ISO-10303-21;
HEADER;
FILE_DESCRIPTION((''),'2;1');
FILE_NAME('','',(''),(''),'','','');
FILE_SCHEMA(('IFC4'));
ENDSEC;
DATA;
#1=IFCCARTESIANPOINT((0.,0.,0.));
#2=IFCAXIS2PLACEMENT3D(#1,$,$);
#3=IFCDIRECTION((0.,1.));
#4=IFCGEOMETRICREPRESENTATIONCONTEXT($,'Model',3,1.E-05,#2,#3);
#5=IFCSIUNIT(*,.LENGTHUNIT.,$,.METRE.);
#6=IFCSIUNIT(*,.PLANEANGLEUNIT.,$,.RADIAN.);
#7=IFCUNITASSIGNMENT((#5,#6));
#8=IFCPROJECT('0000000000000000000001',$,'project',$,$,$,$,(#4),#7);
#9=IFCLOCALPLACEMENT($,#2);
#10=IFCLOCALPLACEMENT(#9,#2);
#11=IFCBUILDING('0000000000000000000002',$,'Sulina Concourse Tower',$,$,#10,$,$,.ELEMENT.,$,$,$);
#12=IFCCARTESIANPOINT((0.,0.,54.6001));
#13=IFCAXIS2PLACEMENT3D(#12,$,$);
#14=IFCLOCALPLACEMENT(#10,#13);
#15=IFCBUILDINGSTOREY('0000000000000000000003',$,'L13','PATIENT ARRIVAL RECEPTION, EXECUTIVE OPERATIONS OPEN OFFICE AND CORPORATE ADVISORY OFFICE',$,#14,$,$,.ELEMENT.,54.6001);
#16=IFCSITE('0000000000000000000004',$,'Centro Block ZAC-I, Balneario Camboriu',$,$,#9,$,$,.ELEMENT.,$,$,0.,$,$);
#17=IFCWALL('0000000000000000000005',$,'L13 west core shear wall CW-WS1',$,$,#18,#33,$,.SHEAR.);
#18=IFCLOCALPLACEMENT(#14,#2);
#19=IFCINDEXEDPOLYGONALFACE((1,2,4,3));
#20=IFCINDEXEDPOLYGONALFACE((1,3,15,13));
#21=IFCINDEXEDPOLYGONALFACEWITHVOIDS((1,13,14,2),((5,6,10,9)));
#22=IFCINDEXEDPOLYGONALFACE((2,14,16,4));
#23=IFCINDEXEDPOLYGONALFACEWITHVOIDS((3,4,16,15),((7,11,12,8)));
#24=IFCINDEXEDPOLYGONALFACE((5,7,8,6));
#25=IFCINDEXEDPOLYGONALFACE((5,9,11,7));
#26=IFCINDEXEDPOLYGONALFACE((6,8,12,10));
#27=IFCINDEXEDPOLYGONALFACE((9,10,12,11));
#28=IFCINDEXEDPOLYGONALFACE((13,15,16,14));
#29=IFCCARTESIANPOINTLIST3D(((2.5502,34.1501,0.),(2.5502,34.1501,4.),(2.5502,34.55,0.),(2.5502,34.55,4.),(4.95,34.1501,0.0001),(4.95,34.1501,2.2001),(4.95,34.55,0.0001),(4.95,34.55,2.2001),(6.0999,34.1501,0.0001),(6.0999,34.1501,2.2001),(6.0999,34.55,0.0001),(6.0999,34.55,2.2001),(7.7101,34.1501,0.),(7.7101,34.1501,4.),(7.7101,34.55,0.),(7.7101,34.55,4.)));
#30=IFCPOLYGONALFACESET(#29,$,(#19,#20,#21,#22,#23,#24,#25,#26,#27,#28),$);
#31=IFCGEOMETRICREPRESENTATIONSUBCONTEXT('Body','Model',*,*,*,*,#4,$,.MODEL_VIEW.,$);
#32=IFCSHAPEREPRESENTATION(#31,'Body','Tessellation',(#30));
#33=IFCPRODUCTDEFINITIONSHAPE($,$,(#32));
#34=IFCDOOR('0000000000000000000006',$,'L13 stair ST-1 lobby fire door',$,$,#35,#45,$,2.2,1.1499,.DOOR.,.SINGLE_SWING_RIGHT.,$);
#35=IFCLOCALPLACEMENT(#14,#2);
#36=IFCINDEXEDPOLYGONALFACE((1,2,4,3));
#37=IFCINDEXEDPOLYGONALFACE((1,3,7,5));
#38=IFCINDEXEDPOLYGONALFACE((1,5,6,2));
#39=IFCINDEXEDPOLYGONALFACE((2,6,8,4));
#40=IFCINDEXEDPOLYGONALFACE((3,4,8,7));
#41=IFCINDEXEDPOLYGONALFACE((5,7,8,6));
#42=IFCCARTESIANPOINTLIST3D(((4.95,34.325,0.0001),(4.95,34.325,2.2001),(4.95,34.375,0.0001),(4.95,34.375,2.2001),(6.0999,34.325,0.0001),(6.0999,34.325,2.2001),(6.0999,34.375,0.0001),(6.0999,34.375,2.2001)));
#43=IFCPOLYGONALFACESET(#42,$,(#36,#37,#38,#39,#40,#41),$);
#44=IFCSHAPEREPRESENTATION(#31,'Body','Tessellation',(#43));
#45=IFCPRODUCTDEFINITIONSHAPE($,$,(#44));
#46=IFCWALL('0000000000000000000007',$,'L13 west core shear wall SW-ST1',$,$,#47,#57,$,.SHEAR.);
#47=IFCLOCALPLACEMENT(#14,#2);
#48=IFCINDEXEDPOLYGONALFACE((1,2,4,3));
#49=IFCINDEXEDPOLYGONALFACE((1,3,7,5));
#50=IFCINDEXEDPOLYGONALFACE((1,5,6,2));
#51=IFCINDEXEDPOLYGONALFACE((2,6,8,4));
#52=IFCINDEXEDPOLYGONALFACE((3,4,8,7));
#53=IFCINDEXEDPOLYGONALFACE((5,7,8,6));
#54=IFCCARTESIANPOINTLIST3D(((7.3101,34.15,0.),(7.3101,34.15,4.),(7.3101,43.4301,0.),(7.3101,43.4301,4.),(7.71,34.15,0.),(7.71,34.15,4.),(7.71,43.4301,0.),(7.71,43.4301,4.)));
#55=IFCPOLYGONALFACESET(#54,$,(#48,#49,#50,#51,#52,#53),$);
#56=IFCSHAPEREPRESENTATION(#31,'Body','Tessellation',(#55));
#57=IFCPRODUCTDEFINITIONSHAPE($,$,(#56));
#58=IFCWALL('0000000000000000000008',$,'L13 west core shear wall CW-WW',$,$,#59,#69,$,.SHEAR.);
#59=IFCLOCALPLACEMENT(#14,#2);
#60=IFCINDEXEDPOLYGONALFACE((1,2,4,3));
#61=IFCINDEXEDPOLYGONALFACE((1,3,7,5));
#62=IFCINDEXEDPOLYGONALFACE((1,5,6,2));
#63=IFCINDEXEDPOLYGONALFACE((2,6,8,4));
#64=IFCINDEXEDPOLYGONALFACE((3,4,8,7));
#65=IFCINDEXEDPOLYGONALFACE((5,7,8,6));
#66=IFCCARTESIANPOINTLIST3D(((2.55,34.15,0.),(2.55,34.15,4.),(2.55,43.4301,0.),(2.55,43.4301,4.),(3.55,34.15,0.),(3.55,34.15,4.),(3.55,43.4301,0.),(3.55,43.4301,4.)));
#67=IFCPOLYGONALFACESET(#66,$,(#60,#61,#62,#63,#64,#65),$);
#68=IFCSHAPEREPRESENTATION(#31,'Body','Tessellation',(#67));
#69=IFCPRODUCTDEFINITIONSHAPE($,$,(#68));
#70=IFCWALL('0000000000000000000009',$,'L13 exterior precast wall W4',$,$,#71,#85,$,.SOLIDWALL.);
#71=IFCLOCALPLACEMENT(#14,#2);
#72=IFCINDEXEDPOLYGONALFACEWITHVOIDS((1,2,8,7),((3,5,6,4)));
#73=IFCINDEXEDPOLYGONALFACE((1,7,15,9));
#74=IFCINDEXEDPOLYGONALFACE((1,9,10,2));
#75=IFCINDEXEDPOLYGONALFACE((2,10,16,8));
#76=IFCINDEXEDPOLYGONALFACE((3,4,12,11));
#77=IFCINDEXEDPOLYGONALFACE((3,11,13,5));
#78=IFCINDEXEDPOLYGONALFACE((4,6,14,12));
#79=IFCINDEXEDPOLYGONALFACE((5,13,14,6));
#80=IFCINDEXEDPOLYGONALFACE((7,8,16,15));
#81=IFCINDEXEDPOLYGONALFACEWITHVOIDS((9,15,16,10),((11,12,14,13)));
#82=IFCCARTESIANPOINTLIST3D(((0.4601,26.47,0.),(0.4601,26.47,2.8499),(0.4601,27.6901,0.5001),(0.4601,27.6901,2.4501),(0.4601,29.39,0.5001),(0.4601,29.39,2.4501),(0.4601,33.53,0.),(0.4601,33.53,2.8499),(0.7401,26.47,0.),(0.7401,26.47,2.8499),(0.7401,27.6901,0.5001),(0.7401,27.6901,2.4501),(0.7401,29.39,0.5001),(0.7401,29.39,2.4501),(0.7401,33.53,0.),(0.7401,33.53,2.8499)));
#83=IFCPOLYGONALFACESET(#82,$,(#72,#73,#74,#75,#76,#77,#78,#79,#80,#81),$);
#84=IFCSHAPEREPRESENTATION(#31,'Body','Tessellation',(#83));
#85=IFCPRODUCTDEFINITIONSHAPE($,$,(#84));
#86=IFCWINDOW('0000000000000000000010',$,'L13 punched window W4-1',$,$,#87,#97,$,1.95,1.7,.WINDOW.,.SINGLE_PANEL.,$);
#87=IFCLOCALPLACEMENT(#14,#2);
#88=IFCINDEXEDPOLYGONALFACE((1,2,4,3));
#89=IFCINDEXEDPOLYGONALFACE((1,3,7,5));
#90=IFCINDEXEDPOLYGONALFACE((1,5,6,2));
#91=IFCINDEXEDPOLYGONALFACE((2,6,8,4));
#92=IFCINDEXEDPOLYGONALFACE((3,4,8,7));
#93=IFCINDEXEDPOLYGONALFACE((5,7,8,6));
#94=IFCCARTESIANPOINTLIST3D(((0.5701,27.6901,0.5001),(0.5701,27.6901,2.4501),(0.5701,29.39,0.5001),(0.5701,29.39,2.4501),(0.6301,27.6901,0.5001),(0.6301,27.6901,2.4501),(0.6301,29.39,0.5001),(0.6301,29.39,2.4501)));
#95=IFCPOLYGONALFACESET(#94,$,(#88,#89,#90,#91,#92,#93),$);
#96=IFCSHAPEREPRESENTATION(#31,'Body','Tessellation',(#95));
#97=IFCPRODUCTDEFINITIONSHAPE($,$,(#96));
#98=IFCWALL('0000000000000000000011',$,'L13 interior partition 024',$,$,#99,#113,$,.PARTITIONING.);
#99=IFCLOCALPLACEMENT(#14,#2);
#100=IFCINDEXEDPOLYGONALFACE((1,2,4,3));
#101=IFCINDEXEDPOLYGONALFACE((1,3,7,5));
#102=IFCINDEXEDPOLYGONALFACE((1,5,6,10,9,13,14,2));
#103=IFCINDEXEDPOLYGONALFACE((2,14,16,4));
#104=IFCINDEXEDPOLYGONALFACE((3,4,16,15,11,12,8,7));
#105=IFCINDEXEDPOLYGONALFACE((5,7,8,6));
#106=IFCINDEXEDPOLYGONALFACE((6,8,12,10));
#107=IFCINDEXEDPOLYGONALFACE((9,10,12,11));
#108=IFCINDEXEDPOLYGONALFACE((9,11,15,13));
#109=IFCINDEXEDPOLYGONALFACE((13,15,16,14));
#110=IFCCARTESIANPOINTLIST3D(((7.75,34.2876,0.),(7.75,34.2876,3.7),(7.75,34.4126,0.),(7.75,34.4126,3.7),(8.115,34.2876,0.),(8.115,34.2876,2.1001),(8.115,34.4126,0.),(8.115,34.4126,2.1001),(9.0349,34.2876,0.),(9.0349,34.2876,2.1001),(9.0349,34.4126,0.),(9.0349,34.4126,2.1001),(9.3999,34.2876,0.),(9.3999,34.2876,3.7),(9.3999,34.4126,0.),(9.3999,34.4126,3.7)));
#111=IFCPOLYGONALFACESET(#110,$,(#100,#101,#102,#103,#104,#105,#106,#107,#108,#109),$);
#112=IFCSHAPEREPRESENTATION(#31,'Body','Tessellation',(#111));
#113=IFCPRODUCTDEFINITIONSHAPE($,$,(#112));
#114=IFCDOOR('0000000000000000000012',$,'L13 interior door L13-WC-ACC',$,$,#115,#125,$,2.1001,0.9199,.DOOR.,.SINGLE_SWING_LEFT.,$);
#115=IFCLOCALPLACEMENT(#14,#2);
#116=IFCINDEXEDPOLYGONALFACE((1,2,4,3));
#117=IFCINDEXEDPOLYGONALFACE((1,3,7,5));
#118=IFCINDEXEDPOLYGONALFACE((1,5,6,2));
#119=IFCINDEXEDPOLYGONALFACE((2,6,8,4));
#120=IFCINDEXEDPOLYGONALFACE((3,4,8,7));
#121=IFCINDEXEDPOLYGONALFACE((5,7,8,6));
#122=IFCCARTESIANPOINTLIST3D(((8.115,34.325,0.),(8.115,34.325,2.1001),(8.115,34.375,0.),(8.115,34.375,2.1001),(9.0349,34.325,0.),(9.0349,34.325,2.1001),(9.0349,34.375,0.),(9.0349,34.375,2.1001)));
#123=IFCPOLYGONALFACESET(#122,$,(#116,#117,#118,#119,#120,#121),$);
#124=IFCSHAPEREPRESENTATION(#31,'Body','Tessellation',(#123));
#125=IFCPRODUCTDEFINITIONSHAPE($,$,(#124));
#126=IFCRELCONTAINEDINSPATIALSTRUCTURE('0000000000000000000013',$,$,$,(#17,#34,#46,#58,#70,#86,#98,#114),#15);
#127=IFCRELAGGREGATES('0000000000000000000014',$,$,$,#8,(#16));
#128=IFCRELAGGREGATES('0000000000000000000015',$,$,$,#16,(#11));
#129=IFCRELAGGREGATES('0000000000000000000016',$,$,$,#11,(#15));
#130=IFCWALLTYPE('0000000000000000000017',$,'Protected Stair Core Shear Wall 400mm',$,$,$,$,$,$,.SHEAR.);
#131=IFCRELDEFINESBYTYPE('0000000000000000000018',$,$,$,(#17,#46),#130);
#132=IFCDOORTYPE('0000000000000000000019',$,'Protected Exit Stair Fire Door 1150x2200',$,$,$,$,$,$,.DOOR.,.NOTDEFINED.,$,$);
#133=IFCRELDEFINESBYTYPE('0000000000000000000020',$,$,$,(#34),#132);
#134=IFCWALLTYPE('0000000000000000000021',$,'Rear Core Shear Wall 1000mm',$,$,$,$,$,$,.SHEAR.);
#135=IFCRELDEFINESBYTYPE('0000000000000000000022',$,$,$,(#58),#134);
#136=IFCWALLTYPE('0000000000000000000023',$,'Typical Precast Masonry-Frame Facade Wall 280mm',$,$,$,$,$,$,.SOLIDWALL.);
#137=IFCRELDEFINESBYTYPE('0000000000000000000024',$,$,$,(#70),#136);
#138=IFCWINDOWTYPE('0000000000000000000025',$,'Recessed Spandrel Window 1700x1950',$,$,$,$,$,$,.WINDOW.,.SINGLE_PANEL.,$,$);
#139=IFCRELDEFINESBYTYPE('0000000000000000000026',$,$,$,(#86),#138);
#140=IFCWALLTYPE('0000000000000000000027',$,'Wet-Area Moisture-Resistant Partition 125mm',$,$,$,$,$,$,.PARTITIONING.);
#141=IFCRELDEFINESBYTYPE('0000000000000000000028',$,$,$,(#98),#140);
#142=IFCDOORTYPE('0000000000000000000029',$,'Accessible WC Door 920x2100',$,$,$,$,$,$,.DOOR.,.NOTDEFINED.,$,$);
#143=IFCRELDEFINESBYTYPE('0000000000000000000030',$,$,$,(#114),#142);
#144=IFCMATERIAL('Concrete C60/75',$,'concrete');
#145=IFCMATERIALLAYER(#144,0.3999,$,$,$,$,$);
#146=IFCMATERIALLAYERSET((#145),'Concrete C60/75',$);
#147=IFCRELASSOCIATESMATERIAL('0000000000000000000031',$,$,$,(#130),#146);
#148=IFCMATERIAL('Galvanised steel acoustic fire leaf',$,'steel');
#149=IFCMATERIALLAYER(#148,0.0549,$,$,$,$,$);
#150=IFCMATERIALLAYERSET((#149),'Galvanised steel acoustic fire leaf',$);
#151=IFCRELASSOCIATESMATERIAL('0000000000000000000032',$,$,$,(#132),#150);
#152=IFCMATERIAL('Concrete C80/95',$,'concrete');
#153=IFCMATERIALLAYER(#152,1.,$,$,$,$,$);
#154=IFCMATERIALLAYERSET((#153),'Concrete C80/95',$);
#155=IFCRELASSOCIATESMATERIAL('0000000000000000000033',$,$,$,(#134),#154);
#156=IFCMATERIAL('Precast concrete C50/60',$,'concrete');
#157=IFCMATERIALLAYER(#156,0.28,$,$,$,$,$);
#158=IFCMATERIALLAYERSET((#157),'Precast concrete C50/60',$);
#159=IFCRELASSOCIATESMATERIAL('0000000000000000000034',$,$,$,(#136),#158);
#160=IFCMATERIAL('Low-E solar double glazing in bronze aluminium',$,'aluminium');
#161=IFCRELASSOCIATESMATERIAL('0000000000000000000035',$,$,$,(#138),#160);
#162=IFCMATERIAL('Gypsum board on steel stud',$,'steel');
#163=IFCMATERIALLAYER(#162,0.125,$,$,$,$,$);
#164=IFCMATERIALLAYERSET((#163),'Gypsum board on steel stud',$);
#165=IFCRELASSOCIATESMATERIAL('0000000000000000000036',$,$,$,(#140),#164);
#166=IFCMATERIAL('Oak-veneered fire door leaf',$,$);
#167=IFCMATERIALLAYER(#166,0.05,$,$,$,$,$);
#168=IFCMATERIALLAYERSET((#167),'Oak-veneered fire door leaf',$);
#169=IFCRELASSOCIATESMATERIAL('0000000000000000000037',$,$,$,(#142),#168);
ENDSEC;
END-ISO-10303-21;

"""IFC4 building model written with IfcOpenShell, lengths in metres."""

from ifc_helpers import new_model, si_unit, direction, frame, frame_2d, origin, place, context, subcontext, project, spatial, rectangle, extrude, material, layer, layer_set, type_object, element, fill, save


model = new_model("IFC4")

# Units and contexts
model_context = context("Model", 3, precision=1e-05, world=origin(), true_north=direction((0.0, 1.0)))
body_context = subcontext(model_context, "Body", "Model", "MODEL_VIEW")
ifc_project = project(units=[si_unit("LENGTHUNIT", "METRE"), si_unit("PLANEANGLEUNIT", "RADIAN")], contexts=[model_context])

# Site, building, storey
site_placement = place(None, origin())
site = spatial("IfcSite", under=ifc_project, at=site_placement, Name="Centro Block ZAC-I, Balneario Camboriu", CompositionType="ELEMENT", RefElevation=0.0)
building_placement = place(site_placement, origin())
building = spatial("IfcBuilding", under=site, at=building_placement, Name="Sulina Concourse Tower", CompositionType="ELEMENT")
storey_placement = place(building_placement, frame((0.0, 0.0, 54.6001)))
storey = spatial("IfcBuildingStorey", under=building, at=storey_placement, Name="L13", Description="PATIENT ARRIVAL RECEPTION, EXECUTIVE OPERATIONS OPEN OFFICE AND CORPORATE ADVISORY OFFICE", CompositionType="ELEMENT", Elevation=54.6001)

# Wall, opening, door
ifc_material_1 = material(Name="Concrete C60/75", Category="concrete")
ifc_layer_1 = layer(ifc_material_1, 0.3999)
ifc_layer_set_1 = layer_set([ifc_layer_1], Name="Concrete C60/75")
wall_type_1 = type_object("IfcWallType", Name="Protected Stair Core Shear Wall 400mm", PredefinedType="SHEAR", material=ifc_layer_set_1)
wall_1_placement = place(storey_placement, frame((2.55, 34.3501, 0.0), z_axis=(0.0, 0.0, 1.0), x_axis=(1.0, 0.0, 0.0)))
wall_1 = element("IfcWall", 1, at=wall_1_placement, inside=storey, type_object=wall_type_1, Name="L13 west core shear wall CW-WS1", PredefinedType="SHEAR", context=body_context, shape_type="SweptSolid", body=[
    extrude(rectangle(XDim=5.1599, YDim=0.3999, at=frame_2d((2.5801, 0.0))), origin(), (0.0, 0.0, 1.0), 4.0),
])
opening_1_placement = place(wall_1_placement, frame((2.3999, 0.0, 0.0)))
opening_1 = element("IfcOpeningElement", 2, at=opening_1_placement, cuts=wall_1, PredefinedType="OPENING", context=body_context, shape_type="SweptSolid", body=[
    extrude(rectangle(XDim=1.1499, YDim=2.2, at=frame_2d((0.575, 1.1001))), frame((0.0, 0.21, 0.0), z_axis=(0.0, -1.0, 0.0), x_axis=(1.0, 0.0, 0.0)), (0.0, 0.0, 1.0), 0.4199),
])
ifc_material_2 = material(Name="Galvanised steel acoustic fire leaf", Category="steel")
ifc_layer_2 = layer(ifc_material_2, 0.0549)
ifc_layer_set_2 = layer_set([ifc_layer_2], Name="Galvanised steel acoustic fire leaf")
door_type_1 = type_object("IfcDoorType", Name="Protected Exit Stair Fire Door 1150x2200", OperationType="NOTDEFINED", PredefinedType="DOOR", material=ifc_layer_set_2)
door_1_placement = place(opening_1_placement, origin())
door_1 = element("IfcDoor", 3, at=door_1_placement, inside=storey, type_object=door_type_1, Name="L13 stair ST-1 lobby fire door", OperationType="SINGLE_SWING_RIGHT", OverallHeight=2.2, OverallWidth=1.1499, PredefinedType="DOOR", context=body_context, shape_type="SweptSolid", body=[
    extrude(rectangle(XDim=1.1499, YDim=2.2, at=frame_2d((0.575, 1.1001))), frame((0.0, 0.0249, 0.0), z_axis=(0.0, -1.0, 0.0), x_axis=(1.0, 0.0, 0.0)), (0.0, 0.0, 1.0), 0.05),
])
fill(opening_1, door_1)

# Walls
wall_2_placement = place(storey_placement, frame((7.51, 34.1499, 0.0), z_axis=(0.0, 0.0, 1.0), x_axis=(0.0, 1.0, 0.0)))
element("IfcWall", 4, at=wall_2_placement, inside=storey, type_object=wall_type_1, Name="L13 west core shear wall SW-ST1", PredefinedType="SHEAR", context=body_context, shape_type="SweptSolid", body=[
    extrude(rectangle(XDim=9.28, YDim=0.3999, at=frame_2d((4.6401, 0.0))), origin(), (0.0, 0.0, 1.0), 4.0),
])
ifc_material_3 = material(Name="Concrete C80/95", Category="concrete")
ifc_layer_3 = layer(ifc_material_3, 1.0)
ifc_layer_set_3 = layer_set([ifc_layer_3], Name="Concrete C80/95")
wall_type_2 = type_object("IfcWallType", Name="Rear Core Shear Wall 1000mm", PredefinedType="SHEAR", material=ifc_layer_set_3)
wall_3_placement = place(storey_placement, frame((3.05, 34.1499, 0.0), z_axis=(0.0, 0.0, 1.0), x_axis=(0.0, 1.0, 0.0)))
element("IfcWall", 5, at=wall_3_placement, inside=storey, type_object=wall_type_2, Name="L13 west core shear wall CW-WW", PredefinedType="SHEAR", context=body_context, shape_type="SweptSolid", body=[
    extrude(rectangle(XDim=9.28, YDim=1.0, at=frame_2d((4.6401, 0.0))), origin(), (0.0, 0.0, 1.0), 4.0),
])

# Wall, opening, window
ifc_material_4 = material(Name="Precast concrete C50/60", Category="concrete")
ifc_layer_4 = layer(ifc_material_4, 0.28)
ifc_layer_set_4 = layer_set([ifc_layer_4], Name="Precast concrete C50/60")
wall_type_3 = type_object("IfcWallType", Name="Typical Precast Masonry-Frame Facade Wall 280mm", PredefinedType="SOLIDWALL", material=ifc_layer_set_4)
wall_4_placement = place(storey_placement, frame((0.6001, 26.47, 0.0), z_axis=(0.0, 0.0, 1.0), x_axis=(0.0, 1.0, 0.0)))
wall_4 = element("IfcWall", 6, at=wall_4_placement, inside=storey, type_object=wall_type_3, Name="L13 exterior precast wall W4", PredefinedType="SOLIDWALL", context=body_context, shape_type="SweptSolid", body=[
    extrude(rectangle(XDim=7.0601, YDim=0.28, at=frame_2d((3.53, 0.0))), origin(), (0.0, 0.0, 1.0), 2.8499),
])
opening_2_placement = place(wall_4_placement, frame((1.22, 0.0, 0.5)))
opening_2 = element("IfcOpeningElement", 7, at=opening_2_placement, cuts=wall_4, PredefinedType="OPENING", context=body_context, shape_type="SweptSolid", body=[
    extrude(rectangle(XDim=1.7, YDim=1.95, at=frame_2d((0.8501, 0.9751))), frame((0.0, 0.1499, 0.0), z_axis=(0.0, -1.0, 0.0), x_axis=(1.0, 0.0, 0.0)), (0.0, 0.0, 1.0), 0.3),
])
ifc_material_5 = material(Name="Low-E solar double glazing in bronze aluminium", Category="aluminium")
window_type = type_object("IfcWindowType", Name="Recessed Spandrel Window 1700x1950", PartitioningType="SINGLE_PANEL", PredefinedType="WINDOW", material=ifc_material_5)
window_placement = place(opening_2_placement, origin())
window = element("IfcWindow", 8, at=window_placement, inside=storey, type_object=window_type, Name="L13 punched window W4-1", OverallHeight=1.95, OverallWidth=1.7, PartitioningType="SINGLE_PANEL", PredefinedType="WINDOW", context=body_context, shape_type="SweptSolid", body=[
    extrude(rectangle(XDim=1.7, YDim=1.95, at=frame_2d((0.8501, 0.9751))), frame((0.0, 0.03, 0.0), z_axis=(0.0, -1.0, 0.0), x_axis=(1.0, 0.0, 0.0)), (0.0, 0.0, 1.0), 0.0601),
])
fill(opening_2, window)

# Wall, opening, door
ifc_material_6 = material(Name="Gypsum board on steel stud", Category="steel")
ifc_layer_5 = layer(ifc_material_6, 0.125)
ifc_layer_set_5 = layer_set([ifc_layer_5], Name="Gypsum board on steel stud")
wall_type_4 = type_object("IfcWallType", Name="Wet-Area Moisture-Resistant Partition 125mm", PredefinedType="PARTITIONING", material=ifc_layer_set_5)
wall_5_placement = place(storey_placement, frame((7.75, 34.3501, 0.0), z_axis=(0.0, 0.0, 1.0), x_axis=(1.0, 0.0, 0.0)))
wall_5 = element("IfcWall", 9, at=wall_5_placement, inside=storey, type_object=wall_type_4, Name="L13 interior partition 024", PredefinedType="PARTITIONING", context=body_context, shape_type="SweptSolid", body=[
    extrude(rectangle(XDim=1.6499, YDim=0.125, at=frame_2d((0.825, 0.0))), origin(), (0.0, 0.0, 1.0), 3.7),
])
opening_3_placement = place(wall_5_placement, frame((0.365, 0.0, 0.0)))
opening_3 = element("IfcOpeningElement", 10, at=opening_3_placement, cuts=wall_5, PredefinedType="OPENING", context=body_context, shape_type="SweptSolid", body=[
    extrude(rectangle(XDim=0.9199, YDim=2.1001, at=frame_2d((0.46, 1.05))), frame((0.0, 0.0725, 0.0), z_axis=(0.0, -1.0, 0.0), x_axis=(1.0, 0.0, 0.0)), (0.0, 0.0, 1.0), 0.145),
])
ifc_material_7 = material(Name="Oak-veneered fire door leaf")
ifc_layer_6 = layer(ifc_material_7, 0.05)
ifc_layer_set_6 = layer_set([ifc_layer_6], Name="Oak-veneered fire door leaf")
door_type_2 = type_object("IfcDoorType", Name="Accessible WC Door 920x2100", OperationType="NOTDEFINED", PredefinedType="DOOR", material=ifc_layer_set_6)
door_2_placement = place(opening_3_placement, origin())
door_2 = element("IfcDoor", 11, at=door_2_placement, inside=storey, type_object=door_type_2, Name="L13 interior door L13-WC-ACC", OperationType="SINGLE_SWING_LEFT", OverallHeight=2.1001, OverallWidth=0.9199, PredefinedType="DOOR", context=body_context, shape_type="SweptSolid", body=[
    extrude(rectangle(XDim=0.9199, YDim=2.1001, at=frame_2d((0.46, 1.05))), frame((0.0, 0.0249, 0.0), z_axis=(0.0, -1.0, 0.0), x_axis=(1.0, 0.0, 0.0)), (0.0, 0.0, 1.0), 0.05),
])
fill(opening_3, door_2)

save(model, "model.ifc")
